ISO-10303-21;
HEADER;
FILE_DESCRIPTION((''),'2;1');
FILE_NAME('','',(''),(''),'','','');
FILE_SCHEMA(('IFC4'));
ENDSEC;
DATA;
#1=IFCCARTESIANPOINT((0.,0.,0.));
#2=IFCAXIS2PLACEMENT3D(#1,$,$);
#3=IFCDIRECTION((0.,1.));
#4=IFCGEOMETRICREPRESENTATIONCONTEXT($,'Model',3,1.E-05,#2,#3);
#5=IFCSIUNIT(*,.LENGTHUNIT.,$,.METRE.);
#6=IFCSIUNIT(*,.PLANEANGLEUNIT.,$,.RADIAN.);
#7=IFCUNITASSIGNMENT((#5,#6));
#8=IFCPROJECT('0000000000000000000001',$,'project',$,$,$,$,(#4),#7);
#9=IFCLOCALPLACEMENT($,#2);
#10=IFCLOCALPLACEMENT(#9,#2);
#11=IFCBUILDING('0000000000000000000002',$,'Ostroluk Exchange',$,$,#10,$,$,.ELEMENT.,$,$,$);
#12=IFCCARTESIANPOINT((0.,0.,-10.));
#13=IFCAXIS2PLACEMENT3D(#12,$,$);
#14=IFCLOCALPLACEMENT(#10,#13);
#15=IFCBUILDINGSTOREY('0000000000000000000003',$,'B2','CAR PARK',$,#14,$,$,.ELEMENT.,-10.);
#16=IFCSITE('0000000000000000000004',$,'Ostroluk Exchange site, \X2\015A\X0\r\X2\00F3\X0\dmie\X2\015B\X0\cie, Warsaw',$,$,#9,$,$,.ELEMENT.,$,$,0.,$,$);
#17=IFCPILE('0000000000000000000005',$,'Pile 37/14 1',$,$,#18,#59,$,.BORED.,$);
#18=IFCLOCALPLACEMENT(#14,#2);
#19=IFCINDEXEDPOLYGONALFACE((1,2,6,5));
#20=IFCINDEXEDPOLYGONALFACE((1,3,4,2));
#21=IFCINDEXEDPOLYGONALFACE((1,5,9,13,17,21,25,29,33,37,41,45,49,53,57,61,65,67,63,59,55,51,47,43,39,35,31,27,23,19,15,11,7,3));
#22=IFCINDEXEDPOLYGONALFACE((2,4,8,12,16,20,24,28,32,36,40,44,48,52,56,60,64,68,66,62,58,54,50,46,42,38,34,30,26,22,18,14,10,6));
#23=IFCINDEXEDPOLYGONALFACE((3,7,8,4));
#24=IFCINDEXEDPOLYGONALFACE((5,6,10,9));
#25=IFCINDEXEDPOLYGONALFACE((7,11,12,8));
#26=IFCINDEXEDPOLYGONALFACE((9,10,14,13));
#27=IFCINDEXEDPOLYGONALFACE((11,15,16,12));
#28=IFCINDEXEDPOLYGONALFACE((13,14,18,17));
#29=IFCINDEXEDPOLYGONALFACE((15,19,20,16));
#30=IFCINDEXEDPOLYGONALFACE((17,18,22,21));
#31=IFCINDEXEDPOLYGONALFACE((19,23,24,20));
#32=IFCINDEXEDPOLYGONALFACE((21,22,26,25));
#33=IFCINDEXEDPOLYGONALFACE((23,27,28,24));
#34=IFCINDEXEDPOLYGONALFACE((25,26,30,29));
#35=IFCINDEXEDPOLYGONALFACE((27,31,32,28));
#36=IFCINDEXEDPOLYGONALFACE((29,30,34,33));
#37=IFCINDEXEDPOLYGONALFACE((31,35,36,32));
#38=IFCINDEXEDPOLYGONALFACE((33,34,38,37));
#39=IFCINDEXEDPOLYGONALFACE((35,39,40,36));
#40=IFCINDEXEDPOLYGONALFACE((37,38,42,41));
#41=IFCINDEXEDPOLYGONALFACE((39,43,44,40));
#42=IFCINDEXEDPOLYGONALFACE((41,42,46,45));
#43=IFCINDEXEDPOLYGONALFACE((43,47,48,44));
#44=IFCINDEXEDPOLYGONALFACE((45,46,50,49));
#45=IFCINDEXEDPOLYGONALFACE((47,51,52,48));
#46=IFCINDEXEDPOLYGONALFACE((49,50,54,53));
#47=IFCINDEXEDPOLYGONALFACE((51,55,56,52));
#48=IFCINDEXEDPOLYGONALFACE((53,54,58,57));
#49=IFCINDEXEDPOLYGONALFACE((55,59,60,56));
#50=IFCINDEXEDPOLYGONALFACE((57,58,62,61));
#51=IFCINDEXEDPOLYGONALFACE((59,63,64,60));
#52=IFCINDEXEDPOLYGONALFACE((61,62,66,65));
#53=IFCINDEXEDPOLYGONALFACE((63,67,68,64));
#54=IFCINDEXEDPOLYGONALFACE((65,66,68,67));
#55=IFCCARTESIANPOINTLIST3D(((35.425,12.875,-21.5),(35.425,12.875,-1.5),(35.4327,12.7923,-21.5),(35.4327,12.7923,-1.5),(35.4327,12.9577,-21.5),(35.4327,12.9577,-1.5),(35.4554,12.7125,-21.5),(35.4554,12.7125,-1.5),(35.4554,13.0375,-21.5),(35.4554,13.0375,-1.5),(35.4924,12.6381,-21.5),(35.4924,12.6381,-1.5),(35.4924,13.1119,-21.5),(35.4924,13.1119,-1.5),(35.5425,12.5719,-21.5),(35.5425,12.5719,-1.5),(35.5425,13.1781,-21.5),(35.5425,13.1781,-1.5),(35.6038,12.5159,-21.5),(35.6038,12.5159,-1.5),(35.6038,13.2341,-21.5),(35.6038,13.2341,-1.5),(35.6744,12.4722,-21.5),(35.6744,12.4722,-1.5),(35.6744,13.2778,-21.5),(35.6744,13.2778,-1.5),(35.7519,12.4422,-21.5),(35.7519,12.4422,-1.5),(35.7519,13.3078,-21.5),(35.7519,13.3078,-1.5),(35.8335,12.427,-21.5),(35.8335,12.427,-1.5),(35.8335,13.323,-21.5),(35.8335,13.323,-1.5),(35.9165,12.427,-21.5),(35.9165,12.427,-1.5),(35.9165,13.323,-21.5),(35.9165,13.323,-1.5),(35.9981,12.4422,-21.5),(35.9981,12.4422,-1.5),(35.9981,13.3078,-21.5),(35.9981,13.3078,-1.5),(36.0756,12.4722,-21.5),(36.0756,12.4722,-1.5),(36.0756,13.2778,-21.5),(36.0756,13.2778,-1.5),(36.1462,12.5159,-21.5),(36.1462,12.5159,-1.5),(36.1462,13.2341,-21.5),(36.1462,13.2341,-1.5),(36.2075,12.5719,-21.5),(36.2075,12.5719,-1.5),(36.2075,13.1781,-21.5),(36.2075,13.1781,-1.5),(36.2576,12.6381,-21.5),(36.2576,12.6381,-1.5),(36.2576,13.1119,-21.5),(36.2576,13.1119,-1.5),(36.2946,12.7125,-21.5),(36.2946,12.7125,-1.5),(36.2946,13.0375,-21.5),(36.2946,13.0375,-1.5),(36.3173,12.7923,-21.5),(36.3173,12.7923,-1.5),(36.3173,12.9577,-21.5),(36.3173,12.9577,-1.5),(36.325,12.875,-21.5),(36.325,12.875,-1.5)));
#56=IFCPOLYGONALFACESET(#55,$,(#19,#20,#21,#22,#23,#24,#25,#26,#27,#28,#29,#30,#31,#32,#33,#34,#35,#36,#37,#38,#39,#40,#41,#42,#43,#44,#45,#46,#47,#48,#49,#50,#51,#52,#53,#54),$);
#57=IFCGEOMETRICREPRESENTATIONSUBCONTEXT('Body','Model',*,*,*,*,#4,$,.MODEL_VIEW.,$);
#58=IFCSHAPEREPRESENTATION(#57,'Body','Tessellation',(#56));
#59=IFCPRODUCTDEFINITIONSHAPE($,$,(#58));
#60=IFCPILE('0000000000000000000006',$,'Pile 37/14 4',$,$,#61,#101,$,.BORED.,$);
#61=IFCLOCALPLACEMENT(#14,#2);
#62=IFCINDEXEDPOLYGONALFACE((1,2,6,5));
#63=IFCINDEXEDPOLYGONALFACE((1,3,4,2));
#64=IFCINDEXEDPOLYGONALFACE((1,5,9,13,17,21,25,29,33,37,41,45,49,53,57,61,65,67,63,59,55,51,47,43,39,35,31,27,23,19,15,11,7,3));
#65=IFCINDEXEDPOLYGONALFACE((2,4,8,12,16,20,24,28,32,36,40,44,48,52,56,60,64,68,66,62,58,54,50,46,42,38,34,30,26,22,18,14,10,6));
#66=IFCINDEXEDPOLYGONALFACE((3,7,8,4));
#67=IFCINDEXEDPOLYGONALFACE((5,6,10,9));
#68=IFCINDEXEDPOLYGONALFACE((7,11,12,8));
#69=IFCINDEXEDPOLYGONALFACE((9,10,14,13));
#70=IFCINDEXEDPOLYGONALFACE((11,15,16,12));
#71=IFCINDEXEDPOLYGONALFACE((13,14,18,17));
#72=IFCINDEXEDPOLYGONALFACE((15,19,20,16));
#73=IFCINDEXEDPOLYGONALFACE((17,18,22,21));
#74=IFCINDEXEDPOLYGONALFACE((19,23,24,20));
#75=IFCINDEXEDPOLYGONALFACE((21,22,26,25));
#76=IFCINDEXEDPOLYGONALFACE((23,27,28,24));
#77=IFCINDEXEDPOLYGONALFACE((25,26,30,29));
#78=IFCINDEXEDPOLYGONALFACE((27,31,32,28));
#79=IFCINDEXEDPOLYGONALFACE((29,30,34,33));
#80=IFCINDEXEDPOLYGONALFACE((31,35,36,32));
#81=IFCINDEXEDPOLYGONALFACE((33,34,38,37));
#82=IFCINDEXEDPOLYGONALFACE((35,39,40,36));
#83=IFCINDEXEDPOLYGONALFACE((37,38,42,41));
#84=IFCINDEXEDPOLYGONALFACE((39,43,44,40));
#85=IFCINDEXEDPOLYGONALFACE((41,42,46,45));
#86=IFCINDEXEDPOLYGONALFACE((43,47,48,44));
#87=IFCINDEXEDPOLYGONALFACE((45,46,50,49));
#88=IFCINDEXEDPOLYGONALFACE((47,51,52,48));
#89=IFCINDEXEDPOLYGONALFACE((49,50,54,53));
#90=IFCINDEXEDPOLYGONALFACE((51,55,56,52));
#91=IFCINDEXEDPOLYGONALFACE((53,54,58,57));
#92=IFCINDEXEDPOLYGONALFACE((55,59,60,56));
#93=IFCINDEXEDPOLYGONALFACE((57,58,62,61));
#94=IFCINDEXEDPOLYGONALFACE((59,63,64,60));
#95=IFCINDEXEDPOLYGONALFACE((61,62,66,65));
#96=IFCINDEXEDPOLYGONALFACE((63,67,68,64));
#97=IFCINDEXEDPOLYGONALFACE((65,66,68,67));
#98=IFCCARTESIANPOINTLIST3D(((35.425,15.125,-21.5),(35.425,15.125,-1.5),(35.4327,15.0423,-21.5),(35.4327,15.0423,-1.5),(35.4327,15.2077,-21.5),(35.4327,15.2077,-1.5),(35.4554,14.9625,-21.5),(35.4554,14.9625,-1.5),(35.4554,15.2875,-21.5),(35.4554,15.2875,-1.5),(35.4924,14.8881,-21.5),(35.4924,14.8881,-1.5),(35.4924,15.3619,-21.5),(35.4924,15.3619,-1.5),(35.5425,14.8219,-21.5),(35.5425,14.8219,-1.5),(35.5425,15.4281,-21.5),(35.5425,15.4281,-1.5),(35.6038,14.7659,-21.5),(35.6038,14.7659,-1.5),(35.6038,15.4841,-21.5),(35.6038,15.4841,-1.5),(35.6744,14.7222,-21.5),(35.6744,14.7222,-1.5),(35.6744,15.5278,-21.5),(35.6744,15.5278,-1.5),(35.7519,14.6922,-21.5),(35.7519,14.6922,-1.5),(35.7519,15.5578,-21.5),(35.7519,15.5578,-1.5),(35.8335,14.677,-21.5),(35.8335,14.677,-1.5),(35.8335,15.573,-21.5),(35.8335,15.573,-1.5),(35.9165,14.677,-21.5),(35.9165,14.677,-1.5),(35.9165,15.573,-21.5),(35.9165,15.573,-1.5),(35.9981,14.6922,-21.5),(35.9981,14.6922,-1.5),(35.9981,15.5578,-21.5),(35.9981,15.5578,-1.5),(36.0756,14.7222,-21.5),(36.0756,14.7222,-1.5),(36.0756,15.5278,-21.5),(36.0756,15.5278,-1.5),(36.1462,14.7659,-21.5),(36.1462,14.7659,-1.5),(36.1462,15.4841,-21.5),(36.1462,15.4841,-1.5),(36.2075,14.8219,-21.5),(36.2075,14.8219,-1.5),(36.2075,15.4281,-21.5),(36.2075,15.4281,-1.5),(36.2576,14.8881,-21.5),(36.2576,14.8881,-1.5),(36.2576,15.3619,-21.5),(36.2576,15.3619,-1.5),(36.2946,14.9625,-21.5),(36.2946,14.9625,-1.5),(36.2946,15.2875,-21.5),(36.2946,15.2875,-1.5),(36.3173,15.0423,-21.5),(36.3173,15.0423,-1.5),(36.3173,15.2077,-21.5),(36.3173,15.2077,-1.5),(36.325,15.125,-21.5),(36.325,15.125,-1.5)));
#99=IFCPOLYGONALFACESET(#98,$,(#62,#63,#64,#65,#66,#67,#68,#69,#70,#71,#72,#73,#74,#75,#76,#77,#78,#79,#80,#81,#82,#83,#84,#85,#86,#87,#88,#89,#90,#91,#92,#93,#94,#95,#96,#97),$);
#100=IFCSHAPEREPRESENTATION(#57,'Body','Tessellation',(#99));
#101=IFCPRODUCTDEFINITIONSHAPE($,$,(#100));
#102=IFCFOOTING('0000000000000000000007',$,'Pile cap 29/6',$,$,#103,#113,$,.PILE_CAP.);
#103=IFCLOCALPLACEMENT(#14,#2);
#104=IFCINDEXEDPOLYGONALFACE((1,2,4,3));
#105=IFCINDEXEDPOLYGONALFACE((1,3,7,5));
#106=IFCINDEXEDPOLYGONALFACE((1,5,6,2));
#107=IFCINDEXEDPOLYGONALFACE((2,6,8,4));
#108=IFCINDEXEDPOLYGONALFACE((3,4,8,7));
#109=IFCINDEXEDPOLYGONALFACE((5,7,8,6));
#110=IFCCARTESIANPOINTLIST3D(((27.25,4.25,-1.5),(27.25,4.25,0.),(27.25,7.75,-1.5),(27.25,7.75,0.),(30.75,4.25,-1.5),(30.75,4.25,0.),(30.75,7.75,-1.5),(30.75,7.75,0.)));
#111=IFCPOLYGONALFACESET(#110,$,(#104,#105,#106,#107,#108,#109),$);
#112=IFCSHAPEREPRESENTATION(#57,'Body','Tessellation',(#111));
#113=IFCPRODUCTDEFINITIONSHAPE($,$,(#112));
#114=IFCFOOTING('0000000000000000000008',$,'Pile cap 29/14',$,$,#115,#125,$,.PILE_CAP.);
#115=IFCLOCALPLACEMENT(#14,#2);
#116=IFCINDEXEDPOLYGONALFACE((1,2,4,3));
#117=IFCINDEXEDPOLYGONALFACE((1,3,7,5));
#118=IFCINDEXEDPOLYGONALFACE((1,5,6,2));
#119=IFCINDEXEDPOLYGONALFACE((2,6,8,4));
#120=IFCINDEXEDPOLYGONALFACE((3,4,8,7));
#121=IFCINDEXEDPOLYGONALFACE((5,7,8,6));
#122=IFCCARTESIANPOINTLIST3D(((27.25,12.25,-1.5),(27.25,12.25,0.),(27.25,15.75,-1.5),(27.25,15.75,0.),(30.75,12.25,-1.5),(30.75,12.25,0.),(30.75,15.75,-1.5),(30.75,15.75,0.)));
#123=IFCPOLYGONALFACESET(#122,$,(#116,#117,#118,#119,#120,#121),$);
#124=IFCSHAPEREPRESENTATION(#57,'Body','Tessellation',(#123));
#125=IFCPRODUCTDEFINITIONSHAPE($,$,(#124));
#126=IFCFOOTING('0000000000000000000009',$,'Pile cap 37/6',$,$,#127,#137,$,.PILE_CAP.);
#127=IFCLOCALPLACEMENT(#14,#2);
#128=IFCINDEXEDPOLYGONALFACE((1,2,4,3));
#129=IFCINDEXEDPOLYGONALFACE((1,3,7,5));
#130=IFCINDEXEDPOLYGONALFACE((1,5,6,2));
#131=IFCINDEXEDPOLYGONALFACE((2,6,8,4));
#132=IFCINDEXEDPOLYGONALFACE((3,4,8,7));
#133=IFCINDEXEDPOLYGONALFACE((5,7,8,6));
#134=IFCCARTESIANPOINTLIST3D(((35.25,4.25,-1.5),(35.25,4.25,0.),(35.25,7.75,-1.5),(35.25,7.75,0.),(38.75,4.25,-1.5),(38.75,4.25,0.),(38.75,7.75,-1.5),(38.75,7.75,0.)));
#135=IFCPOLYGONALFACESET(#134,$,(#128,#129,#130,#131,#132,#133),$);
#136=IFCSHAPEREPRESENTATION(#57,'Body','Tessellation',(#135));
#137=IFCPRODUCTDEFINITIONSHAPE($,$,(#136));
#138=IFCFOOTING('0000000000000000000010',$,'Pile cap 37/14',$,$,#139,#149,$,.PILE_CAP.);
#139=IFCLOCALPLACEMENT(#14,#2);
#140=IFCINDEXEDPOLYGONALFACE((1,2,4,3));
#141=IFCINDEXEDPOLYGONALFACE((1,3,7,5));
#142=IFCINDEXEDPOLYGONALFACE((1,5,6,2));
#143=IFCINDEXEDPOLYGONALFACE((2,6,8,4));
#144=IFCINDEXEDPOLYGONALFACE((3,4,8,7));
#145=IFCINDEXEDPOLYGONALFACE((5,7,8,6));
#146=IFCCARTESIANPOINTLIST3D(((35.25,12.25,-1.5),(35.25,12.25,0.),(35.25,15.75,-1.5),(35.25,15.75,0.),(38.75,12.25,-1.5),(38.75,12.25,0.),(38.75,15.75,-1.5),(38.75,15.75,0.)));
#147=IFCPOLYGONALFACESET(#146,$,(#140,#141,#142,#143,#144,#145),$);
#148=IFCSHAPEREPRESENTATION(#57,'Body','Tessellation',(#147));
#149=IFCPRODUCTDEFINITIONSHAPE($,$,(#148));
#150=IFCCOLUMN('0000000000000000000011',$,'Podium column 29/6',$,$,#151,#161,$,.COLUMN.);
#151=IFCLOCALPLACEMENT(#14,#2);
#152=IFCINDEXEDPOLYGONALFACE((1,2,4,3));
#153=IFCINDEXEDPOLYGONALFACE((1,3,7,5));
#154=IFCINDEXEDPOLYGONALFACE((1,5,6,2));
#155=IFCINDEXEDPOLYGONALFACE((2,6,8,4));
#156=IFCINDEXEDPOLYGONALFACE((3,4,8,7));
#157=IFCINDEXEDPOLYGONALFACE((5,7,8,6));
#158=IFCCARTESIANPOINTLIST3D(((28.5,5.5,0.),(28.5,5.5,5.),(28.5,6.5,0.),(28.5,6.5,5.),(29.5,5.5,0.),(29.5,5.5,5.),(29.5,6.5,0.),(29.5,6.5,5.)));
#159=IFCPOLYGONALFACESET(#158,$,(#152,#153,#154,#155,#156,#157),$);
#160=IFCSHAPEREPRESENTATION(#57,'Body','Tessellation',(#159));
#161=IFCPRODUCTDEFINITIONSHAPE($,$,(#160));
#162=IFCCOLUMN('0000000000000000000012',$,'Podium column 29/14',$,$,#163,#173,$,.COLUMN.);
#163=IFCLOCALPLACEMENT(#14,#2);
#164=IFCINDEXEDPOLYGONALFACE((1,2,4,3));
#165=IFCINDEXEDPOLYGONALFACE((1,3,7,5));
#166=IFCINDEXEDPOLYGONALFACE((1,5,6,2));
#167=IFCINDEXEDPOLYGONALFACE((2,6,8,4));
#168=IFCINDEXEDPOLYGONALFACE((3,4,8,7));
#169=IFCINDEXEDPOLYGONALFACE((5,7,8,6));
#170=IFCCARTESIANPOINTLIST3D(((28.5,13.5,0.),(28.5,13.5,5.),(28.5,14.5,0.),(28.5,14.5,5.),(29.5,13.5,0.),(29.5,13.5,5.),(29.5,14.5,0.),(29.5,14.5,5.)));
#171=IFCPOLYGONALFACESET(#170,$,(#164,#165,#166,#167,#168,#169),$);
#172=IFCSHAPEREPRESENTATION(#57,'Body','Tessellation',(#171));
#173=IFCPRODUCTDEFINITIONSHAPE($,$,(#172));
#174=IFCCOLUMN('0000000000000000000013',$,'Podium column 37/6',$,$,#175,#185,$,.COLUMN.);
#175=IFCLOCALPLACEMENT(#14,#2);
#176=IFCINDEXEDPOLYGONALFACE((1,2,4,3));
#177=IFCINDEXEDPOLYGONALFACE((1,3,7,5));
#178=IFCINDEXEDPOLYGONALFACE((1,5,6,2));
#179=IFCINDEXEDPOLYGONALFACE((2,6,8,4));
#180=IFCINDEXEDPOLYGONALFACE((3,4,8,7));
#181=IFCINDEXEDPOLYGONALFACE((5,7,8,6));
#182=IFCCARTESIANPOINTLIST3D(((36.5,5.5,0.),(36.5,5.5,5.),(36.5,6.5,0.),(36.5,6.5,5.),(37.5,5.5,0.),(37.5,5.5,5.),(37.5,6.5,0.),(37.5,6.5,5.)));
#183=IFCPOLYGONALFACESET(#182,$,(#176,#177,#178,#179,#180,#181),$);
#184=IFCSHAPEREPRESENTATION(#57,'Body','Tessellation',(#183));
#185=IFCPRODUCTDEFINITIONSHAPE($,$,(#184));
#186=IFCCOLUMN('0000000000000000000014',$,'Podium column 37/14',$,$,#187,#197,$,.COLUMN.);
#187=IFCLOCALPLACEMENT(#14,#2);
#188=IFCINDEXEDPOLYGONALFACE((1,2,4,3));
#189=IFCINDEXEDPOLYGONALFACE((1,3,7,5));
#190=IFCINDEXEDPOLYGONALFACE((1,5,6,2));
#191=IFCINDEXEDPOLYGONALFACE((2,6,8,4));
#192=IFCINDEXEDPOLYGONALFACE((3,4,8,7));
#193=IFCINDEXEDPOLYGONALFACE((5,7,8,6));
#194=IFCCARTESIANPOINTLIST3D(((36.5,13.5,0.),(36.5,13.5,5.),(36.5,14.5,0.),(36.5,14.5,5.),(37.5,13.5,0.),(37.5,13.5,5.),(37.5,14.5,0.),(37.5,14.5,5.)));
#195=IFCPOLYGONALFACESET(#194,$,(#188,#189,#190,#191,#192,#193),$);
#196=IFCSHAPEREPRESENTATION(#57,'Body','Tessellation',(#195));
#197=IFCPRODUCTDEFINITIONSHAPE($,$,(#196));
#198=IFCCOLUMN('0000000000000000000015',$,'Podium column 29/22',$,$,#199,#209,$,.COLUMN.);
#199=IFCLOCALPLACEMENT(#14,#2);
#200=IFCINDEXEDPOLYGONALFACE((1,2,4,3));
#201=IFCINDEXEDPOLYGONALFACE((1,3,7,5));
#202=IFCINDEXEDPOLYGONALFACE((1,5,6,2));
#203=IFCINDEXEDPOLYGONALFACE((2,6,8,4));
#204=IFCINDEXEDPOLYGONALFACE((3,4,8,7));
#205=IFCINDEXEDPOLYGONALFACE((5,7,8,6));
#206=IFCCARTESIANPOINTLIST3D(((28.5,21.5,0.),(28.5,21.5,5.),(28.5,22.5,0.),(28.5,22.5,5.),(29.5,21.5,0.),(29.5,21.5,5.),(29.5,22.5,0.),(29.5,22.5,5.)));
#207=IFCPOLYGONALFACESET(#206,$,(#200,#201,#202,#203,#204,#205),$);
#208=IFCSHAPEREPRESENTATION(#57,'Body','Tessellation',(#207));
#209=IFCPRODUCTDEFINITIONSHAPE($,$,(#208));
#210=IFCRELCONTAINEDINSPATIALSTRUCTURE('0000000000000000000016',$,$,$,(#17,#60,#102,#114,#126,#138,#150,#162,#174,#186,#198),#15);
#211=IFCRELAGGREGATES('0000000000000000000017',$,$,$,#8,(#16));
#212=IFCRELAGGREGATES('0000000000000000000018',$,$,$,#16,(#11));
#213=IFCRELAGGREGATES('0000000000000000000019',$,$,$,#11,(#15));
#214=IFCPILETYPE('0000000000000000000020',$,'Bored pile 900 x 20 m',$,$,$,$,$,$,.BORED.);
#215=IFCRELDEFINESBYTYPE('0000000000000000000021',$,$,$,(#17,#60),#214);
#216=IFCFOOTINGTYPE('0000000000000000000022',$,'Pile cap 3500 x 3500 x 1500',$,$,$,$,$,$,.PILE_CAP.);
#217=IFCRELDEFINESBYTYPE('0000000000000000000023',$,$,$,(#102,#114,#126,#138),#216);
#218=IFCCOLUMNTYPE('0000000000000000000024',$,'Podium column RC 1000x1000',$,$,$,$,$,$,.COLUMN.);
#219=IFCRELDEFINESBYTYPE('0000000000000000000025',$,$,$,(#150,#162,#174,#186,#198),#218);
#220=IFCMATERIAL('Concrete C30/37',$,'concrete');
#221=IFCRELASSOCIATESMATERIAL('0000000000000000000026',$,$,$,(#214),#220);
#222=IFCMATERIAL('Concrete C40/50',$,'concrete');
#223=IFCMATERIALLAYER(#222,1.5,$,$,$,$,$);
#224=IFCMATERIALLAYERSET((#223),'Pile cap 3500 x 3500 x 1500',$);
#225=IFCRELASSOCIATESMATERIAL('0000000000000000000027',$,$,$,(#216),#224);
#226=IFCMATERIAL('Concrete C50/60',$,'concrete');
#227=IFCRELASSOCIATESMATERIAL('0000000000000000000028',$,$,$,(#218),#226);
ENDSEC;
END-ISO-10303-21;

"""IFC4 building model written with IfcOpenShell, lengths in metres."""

from ifc_helpers import new_model, si_unit, direction, frame, origin, origin_2d, place, context, subcontext, project, spatial, rectangle, circle, extrude, material, layer, layer_set, material_profile, profile_set, type_object, element, save


model = new_model("IFC4")

# Units and contexts
model_context = context("Model", 3, precision=1e-05, world=origin(), true_north=direction((0.0, 1.0)))
body_context = subcontext(model_context, "Body", "Model", "MODEL_VIEW")
ifc_project = project(units=[si_unit("LENGTHUNIT", "METRE"), si_unit("PLANEANGLEUNIT", "RADIAN")], contexts=[model_context])

# Site, building, storey
site_placement = place(None, origin())
site = spatial("IfcSite", under=ifc_project, at=site_placement, Name="Ostroluk Exchange site, Śródmieście, Warsaw", CompositionType="ELEMENT", RefElevation=0.0)
building_placement = place(site_placement, origin())
building = spatial("IfcBuilding", under=site, at=building_placement, Name="Ostroluk Exchange", CompositionType="ELEMENT")
storey_placement = place(building_placement, frame((0.0, 0.0, -10.0)))
storey = spatial("IfcBuildingStorey", under=building, at=storey_placement, Name="B2", Description="CAR PARK", CompositionType="ELEMENT", Elevation=-10.0)

# Piles
ifc_material_1 = material(Name="Concrete C30/37", Category="concrete")
pile_type_1 = type_object("IfcPileType", Name="Bored pile 900 x 20 m", PredefinedType="BORED", material=ifc_material_1)
for number, where, z_axis, x_axis, name in (
    (1, (35.875, 12.875, -1.5), (0.0, 0.0, -1.0), (1.0, 0.0, 0.0), "Pile 37/14 1"),
    (2, (35.875, 15.125, -1.5), (0.0, 0.0, -1.0), (1.0, 0.0, 0.0), "Pile 37/14 4"),
):
    element("IfcPile", number, at=place(storey_placement, frame(where, z_axis=z_axis, x_axis=x_axis)), inside=storey, type_object=pile_type_1, Name=name, PredefinedType="BORED", context=body_context, shape_type="SweptSolid", body=[
        extrude(circle(Radius=0.45, at=origin_2d()), origin(), (0.0, 0.0, 1.0), 20.0),
    ])

# Footings
ifc_material_2 = material(Name="Concrete C40/50", Category="concrete")
ifc_layer = layer(ifc_material_2, 1.5)
ifc_layer_set = layer_set([ifc_layer], Name="Pile cap 3500 x 3500 x 1500")
footing_type = type_object("IfcFootingType", Name="Pile cap 3500 x 3500 x 1500", PredefinedType="PILE_CAP", material=ifc_layer_set)
for number, where, z_axis, x_axis, name in (
    (3, (29.0, 6.0, -1.5), (0.0, 0.0, 1.0), (1.0, 0.0, 0.0), "Pile cap 29/6"),
    (4, (29.0, 14.0, -1.5), (0.0, 0.0, 1.0), (1.0, 0.0, 0.0), "Pile cap 29/14"),
    (5, (37.0, 6.0, -1.5), (0.0, 0.0, 1.0), (1.0, 0.0, 0.0), "Pile cap 37/6"),
    (6, (37.0, 14.0, -1.5), (0.0, 0.0, 1.0), (1.0, 0.0, 0.0), "Pile cap 37/14"),
):
    element("IfcFooting", number, at=place(storey_placement, frame(where, z_axis=z_axis, x_axis=x_axis)), inside=storey, type_object=footing_type, Name=name, PredefinedType="PILE_CAP", context=body_context, shape_type="SweptSolid", body=[
        extrude(rectangle(XDim=3.5, YDim=3.5, at=origin_2d()), origin(), (0.0, 0.0, 1.0), 1.5),
    ])

# Columns
ifc_material_3 = material(Name="Concrete C50/60", Category="concrete")
ifc_material_profile = material_profile(ifc_material_3, rectangle(XDim=1.0, YDim=1.0, at=origin_2d()), Name="RC 1000x1000")
ifc_profile_set = profile_set([ifc_material_profile], Name="Concrete C50/60")
column_type = type_object("IfcColumnType", Name="Podium column RC 1000x1000", PredefinedType="COLUMN", material=ifc_profile_set)
for number, where, z_axis, x_axis, name in (
    (7, (29.0, 6.0, 0.0), (0.0, 0.0, 1.0), (1.0, 0.0, 0.0), "Podium column 29/6"),
    (8, (29.0, 14.0, 0.0), (0.0, 0.0, 1.0), (1.0, 0.0, 0.0), "Podium column 29/14"),
    (9, (37.0, 6.0, 0.0), (0.0, 0.0, 1.0), (1.0, 0.0, 0.0), "Podium column 37/6"),
    (10, (37.0, 14.0, 0.0), (0.0, 0.0, 1.0), (1.0, 0.0, 0.0), "Podium column 37/14"),
    (11, (29.0, 22.0, 0.0), (0.0, 0.0, 1.0), (1.0, 0.0, 0.0), "Podium column 29/22"),
):
    element("IfcColumn", number, at=place(storey_placement, frame(where, z_axis=z_axis, x_axis=x_axis)), inside=storey, type_object=column_type, Name=name, PredefinedType="COLUMN", context=body_context, shape_type="SweptSolid", body=[
        extrude(rectangle(XDim=1.0, YDim=1.0, at=origin_2d()), origin(), (0.0, 0.0, 1.0), 5.0),
    ])

save(model, "model.ifc")
